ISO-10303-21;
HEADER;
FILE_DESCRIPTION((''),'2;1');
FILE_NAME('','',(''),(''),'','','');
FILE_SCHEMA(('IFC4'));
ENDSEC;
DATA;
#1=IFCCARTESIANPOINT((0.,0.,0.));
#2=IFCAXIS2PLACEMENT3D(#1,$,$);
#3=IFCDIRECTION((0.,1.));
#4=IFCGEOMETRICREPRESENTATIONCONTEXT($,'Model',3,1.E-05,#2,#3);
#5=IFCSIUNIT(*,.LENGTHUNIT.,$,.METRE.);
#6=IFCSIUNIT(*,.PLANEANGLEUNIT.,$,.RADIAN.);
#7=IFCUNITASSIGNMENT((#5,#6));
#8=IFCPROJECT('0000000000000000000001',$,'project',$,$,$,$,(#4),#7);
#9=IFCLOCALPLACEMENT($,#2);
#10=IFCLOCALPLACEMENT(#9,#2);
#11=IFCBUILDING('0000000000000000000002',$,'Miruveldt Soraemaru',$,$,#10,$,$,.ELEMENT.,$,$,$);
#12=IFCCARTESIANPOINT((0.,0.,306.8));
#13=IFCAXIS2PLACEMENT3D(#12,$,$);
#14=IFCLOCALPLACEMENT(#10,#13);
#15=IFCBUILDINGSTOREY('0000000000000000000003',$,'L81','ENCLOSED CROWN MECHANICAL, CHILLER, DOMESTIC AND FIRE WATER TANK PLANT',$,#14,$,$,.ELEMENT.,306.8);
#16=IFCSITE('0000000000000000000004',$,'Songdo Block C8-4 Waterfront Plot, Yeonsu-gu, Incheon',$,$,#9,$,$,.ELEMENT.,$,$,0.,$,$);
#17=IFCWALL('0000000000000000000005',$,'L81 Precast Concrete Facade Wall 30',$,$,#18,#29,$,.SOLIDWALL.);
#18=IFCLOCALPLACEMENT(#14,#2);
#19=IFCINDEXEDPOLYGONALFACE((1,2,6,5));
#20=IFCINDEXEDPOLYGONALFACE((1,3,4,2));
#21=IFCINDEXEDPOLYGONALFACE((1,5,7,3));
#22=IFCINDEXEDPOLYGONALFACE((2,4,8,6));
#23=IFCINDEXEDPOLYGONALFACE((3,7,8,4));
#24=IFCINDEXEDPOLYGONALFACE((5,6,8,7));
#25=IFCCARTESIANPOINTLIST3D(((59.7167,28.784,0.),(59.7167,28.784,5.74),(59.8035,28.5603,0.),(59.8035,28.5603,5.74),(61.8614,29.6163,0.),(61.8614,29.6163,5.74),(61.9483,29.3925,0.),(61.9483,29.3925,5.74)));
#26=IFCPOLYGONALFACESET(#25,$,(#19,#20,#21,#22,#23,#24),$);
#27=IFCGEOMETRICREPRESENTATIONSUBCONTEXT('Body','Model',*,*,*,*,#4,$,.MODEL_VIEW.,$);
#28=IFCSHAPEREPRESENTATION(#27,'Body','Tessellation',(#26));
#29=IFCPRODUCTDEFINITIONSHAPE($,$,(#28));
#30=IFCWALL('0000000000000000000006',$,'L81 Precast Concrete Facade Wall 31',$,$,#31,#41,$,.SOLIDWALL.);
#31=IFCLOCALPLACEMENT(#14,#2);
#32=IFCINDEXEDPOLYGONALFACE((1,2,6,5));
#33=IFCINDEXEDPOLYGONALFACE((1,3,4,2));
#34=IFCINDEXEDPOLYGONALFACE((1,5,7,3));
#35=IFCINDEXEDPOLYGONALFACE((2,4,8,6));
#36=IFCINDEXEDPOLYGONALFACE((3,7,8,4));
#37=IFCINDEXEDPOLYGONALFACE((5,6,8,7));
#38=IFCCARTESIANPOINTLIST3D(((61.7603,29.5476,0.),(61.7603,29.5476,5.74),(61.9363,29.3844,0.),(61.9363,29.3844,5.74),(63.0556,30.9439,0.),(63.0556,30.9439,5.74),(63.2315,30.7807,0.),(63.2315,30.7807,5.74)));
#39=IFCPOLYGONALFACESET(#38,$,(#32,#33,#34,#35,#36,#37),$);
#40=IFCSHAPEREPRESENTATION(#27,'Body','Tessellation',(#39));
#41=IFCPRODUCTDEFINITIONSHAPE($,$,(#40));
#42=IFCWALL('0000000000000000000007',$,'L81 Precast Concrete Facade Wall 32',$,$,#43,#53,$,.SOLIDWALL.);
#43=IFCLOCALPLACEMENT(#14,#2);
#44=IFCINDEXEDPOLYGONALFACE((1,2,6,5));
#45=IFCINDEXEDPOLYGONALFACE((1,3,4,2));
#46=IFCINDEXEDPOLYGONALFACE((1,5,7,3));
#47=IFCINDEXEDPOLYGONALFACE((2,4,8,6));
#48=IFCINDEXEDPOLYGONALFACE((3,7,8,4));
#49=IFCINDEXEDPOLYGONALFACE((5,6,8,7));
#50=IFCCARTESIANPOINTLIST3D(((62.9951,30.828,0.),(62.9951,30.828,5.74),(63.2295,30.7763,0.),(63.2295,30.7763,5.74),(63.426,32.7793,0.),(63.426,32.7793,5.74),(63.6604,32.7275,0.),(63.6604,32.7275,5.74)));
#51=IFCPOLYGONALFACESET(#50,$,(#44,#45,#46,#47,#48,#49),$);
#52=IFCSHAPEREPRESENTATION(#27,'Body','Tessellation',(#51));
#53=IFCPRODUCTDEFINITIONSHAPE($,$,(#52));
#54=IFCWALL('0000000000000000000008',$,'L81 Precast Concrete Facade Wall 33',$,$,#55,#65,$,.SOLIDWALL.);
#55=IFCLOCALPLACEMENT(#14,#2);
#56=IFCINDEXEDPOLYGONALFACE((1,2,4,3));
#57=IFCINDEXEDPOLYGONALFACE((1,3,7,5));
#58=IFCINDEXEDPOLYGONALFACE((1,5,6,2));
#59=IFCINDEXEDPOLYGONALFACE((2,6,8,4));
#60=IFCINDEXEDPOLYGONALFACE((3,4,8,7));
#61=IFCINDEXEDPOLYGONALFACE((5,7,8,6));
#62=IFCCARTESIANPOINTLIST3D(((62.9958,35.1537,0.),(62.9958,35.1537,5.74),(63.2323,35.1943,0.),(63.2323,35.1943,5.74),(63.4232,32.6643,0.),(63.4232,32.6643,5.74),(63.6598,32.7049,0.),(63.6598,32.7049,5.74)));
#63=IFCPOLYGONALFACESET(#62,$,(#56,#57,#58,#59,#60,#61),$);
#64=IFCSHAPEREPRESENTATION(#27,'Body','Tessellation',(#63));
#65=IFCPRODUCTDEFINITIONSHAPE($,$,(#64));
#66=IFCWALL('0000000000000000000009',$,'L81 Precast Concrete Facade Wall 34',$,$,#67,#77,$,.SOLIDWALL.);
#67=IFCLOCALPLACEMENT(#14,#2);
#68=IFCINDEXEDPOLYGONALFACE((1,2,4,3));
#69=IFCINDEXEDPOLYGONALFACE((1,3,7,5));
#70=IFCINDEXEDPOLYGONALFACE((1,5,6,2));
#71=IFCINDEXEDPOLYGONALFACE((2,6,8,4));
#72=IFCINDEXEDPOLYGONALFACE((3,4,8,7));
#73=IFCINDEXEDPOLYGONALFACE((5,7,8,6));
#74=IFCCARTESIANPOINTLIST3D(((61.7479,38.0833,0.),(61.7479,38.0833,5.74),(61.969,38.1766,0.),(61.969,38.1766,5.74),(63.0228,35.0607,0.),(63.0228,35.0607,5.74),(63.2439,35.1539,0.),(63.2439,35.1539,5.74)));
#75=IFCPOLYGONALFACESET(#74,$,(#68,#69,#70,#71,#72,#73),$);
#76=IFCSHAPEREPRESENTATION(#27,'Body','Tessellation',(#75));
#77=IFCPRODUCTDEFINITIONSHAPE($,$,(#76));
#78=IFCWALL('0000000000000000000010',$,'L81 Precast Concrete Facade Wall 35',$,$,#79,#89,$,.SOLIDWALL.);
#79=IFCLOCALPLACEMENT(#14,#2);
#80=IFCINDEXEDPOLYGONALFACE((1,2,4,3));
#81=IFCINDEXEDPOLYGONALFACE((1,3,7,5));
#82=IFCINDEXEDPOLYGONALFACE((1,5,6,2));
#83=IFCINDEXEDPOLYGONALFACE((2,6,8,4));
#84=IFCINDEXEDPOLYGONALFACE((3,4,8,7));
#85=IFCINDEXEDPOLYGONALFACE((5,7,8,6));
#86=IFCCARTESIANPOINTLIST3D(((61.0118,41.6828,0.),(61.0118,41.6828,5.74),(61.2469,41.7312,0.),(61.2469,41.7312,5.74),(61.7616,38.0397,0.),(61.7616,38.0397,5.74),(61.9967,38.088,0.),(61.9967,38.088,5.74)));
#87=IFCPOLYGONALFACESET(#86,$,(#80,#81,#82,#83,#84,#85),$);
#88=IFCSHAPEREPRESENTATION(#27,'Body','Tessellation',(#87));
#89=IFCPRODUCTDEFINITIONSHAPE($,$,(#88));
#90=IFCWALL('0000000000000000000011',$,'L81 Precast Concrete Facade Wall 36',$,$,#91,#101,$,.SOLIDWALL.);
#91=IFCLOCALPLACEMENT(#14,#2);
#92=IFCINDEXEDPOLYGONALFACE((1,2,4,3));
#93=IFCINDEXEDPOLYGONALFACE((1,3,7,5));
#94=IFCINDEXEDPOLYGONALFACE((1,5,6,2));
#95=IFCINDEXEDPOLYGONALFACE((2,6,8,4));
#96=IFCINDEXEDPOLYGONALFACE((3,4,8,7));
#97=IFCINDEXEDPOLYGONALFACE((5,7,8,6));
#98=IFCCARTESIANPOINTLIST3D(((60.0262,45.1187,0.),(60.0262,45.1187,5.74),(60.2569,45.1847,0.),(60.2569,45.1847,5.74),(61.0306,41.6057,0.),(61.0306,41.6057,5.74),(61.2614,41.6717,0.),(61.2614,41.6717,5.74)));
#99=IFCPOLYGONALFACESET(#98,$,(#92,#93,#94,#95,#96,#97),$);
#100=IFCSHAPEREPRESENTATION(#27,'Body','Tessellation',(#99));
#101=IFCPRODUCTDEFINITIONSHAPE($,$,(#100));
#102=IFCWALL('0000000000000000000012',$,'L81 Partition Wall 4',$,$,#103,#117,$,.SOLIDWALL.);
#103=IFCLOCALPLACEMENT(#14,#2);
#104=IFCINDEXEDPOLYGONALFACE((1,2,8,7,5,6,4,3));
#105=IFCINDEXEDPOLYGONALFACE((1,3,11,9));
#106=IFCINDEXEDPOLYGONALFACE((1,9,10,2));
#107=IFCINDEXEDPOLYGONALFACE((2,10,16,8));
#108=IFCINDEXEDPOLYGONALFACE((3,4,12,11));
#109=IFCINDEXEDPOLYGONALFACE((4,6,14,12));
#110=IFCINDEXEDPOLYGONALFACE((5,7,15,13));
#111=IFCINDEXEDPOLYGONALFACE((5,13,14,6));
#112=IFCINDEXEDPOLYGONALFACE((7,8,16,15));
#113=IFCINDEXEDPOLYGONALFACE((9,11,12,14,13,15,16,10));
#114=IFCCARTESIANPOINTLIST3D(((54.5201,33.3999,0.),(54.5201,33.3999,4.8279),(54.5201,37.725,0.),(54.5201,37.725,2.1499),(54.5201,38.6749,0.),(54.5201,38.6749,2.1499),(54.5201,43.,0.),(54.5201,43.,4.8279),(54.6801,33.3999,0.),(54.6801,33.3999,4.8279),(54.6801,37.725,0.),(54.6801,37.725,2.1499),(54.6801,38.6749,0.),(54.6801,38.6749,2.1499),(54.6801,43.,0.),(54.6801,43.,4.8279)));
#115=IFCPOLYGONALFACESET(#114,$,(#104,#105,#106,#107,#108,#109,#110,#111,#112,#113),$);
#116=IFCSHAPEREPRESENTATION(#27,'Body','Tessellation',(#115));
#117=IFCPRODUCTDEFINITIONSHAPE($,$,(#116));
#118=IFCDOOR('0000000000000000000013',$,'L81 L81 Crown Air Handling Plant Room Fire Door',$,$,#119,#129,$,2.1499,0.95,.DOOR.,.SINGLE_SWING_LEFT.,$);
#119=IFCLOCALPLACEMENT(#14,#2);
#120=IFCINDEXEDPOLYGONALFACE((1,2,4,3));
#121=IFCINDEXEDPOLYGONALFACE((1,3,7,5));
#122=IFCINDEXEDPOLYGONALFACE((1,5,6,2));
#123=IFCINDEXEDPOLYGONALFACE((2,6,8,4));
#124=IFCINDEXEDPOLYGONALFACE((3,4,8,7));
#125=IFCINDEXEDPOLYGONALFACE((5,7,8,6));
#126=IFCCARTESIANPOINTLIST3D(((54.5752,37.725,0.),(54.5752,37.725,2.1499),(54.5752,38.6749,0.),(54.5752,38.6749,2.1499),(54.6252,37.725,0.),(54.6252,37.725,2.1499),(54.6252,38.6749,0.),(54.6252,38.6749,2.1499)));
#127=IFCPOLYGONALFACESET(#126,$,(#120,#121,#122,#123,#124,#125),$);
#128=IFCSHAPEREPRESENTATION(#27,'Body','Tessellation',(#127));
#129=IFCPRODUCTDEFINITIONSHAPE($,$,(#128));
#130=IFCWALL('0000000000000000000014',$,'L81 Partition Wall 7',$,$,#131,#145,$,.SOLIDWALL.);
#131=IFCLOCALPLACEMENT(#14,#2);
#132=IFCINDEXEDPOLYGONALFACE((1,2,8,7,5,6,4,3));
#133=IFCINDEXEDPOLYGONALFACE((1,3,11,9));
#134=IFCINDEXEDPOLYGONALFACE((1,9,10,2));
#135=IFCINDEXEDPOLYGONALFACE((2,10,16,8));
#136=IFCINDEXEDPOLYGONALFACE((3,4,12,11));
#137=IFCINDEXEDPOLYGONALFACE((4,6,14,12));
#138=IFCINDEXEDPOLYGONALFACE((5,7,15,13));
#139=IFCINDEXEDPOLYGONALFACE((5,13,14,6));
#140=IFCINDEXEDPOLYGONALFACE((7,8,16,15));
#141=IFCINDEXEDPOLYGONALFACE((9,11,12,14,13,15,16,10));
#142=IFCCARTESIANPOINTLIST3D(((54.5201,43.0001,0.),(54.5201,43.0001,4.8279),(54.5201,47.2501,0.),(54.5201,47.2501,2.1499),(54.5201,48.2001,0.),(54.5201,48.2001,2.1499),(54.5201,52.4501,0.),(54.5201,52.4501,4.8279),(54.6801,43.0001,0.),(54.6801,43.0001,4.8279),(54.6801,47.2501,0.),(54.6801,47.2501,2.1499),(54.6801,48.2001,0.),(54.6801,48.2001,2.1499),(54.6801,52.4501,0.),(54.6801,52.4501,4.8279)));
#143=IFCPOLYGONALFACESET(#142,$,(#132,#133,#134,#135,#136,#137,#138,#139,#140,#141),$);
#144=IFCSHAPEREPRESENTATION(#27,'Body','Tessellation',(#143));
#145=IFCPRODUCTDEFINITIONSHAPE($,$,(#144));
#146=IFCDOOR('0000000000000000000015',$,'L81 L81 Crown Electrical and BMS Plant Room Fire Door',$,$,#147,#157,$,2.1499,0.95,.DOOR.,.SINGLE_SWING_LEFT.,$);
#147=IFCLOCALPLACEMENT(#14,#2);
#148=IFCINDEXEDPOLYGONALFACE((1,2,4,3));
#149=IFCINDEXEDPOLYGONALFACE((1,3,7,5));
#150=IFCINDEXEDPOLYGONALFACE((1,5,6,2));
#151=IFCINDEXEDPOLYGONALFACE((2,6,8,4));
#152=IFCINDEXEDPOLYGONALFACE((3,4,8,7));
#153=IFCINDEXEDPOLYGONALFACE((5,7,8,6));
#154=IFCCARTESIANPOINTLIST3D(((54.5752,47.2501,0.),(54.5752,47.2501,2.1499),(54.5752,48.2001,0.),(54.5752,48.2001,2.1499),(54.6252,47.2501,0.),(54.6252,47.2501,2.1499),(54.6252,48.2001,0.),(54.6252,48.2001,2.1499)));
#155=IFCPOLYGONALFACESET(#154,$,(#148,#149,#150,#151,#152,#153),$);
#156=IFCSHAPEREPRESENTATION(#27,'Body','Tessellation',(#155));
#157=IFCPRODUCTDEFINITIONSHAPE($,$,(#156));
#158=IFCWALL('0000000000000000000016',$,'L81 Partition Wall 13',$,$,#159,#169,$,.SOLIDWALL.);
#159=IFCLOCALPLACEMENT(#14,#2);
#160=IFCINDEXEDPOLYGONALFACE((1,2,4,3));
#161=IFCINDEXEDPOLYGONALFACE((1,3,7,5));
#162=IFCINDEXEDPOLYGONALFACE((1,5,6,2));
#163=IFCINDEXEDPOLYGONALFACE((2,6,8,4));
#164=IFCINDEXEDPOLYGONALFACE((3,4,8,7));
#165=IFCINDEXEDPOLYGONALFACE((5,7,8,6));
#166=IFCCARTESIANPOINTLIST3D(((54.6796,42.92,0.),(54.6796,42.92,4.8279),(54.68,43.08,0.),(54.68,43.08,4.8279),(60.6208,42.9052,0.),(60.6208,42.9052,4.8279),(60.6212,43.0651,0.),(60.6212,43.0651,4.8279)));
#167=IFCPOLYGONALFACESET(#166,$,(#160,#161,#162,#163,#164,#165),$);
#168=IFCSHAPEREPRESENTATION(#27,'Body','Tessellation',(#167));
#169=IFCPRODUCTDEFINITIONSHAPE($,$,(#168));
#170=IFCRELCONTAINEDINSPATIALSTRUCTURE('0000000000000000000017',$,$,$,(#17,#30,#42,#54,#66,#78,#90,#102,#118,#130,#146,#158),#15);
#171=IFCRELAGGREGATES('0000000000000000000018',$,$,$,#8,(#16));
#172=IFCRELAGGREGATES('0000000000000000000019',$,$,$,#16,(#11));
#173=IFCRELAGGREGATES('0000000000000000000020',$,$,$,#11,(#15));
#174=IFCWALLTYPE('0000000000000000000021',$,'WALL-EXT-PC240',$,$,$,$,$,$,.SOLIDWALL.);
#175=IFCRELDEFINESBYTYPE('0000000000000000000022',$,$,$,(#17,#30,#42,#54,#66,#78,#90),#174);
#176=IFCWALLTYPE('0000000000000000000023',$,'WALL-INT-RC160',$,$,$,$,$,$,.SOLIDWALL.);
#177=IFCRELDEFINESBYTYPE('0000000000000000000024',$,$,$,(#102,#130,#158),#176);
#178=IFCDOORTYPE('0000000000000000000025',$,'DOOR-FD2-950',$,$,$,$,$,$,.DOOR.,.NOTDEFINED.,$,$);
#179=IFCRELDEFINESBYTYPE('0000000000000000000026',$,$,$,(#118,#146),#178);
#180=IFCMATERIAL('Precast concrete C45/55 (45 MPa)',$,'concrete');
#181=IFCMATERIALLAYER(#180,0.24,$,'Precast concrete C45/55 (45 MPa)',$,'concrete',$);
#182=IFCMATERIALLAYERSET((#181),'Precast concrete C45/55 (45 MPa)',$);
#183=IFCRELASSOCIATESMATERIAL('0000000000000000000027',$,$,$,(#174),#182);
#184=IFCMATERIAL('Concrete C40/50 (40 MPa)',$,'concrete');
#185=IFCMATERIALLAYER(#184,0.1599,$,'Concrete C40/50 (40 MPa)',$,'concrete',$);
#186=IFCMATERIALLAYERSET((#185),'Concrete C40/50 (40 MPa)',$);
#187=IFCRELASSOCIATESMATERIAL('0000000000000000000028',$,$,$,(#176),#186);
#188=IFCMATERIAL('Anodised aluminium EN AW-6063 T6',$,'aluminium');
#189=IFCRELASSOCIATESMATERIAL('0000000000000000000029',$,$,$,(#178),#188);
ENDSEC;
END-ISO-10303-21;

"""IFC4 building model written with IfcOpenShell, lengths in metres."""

from ifc_helpers import new_model, si_unit, direction, frame, frame_2d, origin, place, context, subcontext, project, spatial, rectangle, extrude, material, layer, layer_set, type_object, element, fill, save


model = new_model("IFC4")

# Units and contexts
model_context = context("Model", 3, precision=1e-05, world=origin(), true_north=direction((0.0, 1.0)))
body_context = subcontext(model_context, "Body", "Model", "MODEL_VIEW")
ifc_project = project(units=[si_unit("LENGTHUNIT", "METRE"), si_unit("PLANEANGLEUNIT", "RADIAN")], contexts=[model_context])

# Site, building, storey
site_placement = place(None, origin())
site = spatial("IfcSite", under=ifc_project, at=site_placement, Name="Songdo Block C8-4 Waterfront Plot, Yeonsu-gu, Incheon", CompositionType="ELEMENT", RefElevation=0.0)
building_placement = place(site_placement, origin())
building = spatial("IfcBuilding", under=site, at=building_placement, Name="Miruveldt Soraemaru", CompositionType="ELEMENT")
storey_placement = place(building_placement, frame((0.0, 0.0, 306.8)))
storey = spatial("IfcBuildingStorey", under=building, at=storey_placement, Name="L81", Description="ENCLOSED CROWN MECHANICAL, CHILLER, DOMESTIC AND FIRE WATER TANK PLANT", CompositionType="ELEMENT", Elevation=306.8)

# Walls
ifc_material_1 = material(Name="Precast concrete C45/55 (45 MPa)", Category="concrete")
ifc_layer_1 = layer(ifc_material_1, 0.24, Name="Precast concrete C45/55 (45 MPa)", Category="concrete")
ifc_layer_set_1 = layer_set([ifc_layer_1], Name="Precast concrete C45/55 (45 MPa)")
wall_type_1 = type_object("IfcWallType", Name="WALL-EXT-PC240", PredefinedType="SOLIDWALL", material=ifc_layer_set_1)
wall_1_placement = place(storey_placement, frame((59.76, 28.6721, 0.0), z_axis=(0.0, 0.0, 1.0), x_axis=(0.932269, 0.361765, 0.0)))
element("IfcWall", 1, at=wall_1_placement, inside=storey, type_object=wall_type_1, Name="L81 Precast Concrete Facade Wall 30", PredefinedType="SOLIDWALL", context=body_context, shape_type="SweptSolid", body=[
    extrude(rectangle(XDim=2.3005, YDim=0.24, at=frame_2d((1.1504, 0.0))), origin(), (0.0, 0.0, 1.0), 5.74),
])
wall_2_placement = place(storey_placement, frame((61.8484, 29.4661, 0.0), z_axis=(0.0, 0.0, 1.0), x_axis=(0.680072, 0.733145, 0.0)))
element("IfcWall", 2, at=wall_2_placement, inside=storey, type_object=wall_type_1, Name="L81 Precast Concrete Facade Wall 31", PredefinedType="SOLIDWALL", context=body_context, shape_type="SweptSolid", body=[
    extrude(rectangle(XDim=1.9045, YDim=0.24, at=frame_2d((0.9521, 0.0))), origin(), (0.0, 0.0, 1.0), 5.74),
])
wall_3_placement = place(storey_placement, frame((63.1123, 30.8022, 0.0), z_axis=(0.0, 0.0, 1.0), x_axis=(0.21565, 0.976471, 0.0)))
element("IfcWall", 3, at=wall_3_placement, inside=storey, type_object=wall_type_1, Name="L81 Precast Concrete Facade Wall 32", PredefinedType="SOLIDWALL", context=body_context, shape_type="SweptSolid", body=[
    extrude(rectangle(XDim=1.9983, YDim=0.24, at=frame_2d((0.999, 0.0))), origin(), (0.0, 0.0, 1.0), 5.74),
])
wall_4_placement = place(storey_placement, frame((63.5415, 32.6846, 0.0), z_axis=(0.0, 0.0, 1.0), x_axis=(-0.16924, 0.985575, 0.0)))
element("IfcWall", 4, at=wall_4_placement, inside=storey, type_object=wall_type_1, Name="L81 Precast Concrete Facade Wall 33", PredefinedType="SOLIDWALL", context=body_context, shape_type="SweptSolid", body=[
    extrude(rectangle(XDim=2.5259, YDim=0.24, at=frame_2d((1.2629, 0.0))), origin(), (0.0, 0.0, 1.0), 5.74),
])
wall_5_placement = place(storey_placement, frame((63.1333, 35.1074, 0.0), z_axis=(0.0, 0.0, 1.0), x_axis=(-0.388623, 0.921397, 0.0)))
element("IfcWall", 5, at=wall_5_placement, inside=storey, type_object=wall_type_1, Name="L81 Precast Concrete Facade Wall 34", PredefinedType="SOLIDWALL", context=body_context, shape_type="SweptSolid", body=[
    extrude(rectangle(XDim=3.2805, YDim=0.24, at=frame_2d((1.6401, 0.0))), origin(), (0.0, 0.0, 1.0), 5.74),
])
wall_6_placement = place(storey_placement, frame((61.8792, 38.0637, 0.0), z_axis=(0.0, 0.0, 1.0), x_axis=(-0.201579, 0.979472, 0.0)))
element("IfcWall", 6, at=wall_6_placement, inside=storey, type_object=wall_type_1, Name="L81 Precast Concrete Facade Wall 35", PredefinedType="SOLIDWALL", context=body_context, shape_type="SweptSolid", body=[
    extrude(rectangle(XDim=3.7195, YDim=0.24, at=frame_2d((1.8599, 0.0))), origin(), (0.0, 0.0, 1.0), 5.74),
])
wall_7_placement = place(storey_placement, frame((61.146, 41.6387, 0.0), z_axis=(0.0, 0.0, 1.0), x_axis=(-0.274898, 0.961474, 0.0)))
element("IfcWall", 7, at=wall_7_placement, inside=storey, type_object=wall_type_1, Name="L81 Precast Concrete Facade Wall 36", PredefinedType="SOLIDWALL", context=body_context, shape_type="SweptSolid", body=[
    extrude(rectangle(XDim=3.6538, YDim=0.24, at=frame_2d((1.8269, 0.0))), origin(), (0.0, 0.0, 1.0), 5.74),
])

# Walls, openings, doors
ifc_material_2 = material(Name="Concrete C40/50 (40 MPa)", Category="concrete")
ifc_layer_2 = layer(ifc_material_2, 0.1599, Name="Concrete C40/50 (40 MPa)", Category="concrete")
ifc_layer_set_2 = layer_set([ifc_layer_2], Name="Concrete C40/50 (40 MPa)")
wall_type_2 = type_object("IfcWallType", Name="WALL-INT-RC160", PredefinedType="SOLIDWALL", material=ifc_layer_set_2)
wall_8_placement = place(storey_placement, frame((54.6001, 33.3999, 0.0), z_axis=(0.0, 0.0, 1.0), x_axis=(0.0, 1.0, 0.0)))
wall_8 = element("IfcWall", 8, at=wall_8_placement, inside=storey, type_object=wall_type_2, Name="L81 Partition Wall 4", PredefinedType="SOLIDWALL", context=body_context, shape_type="SweptSolid", body=[
    extrude(rectangle(XDim=9.6001, YDim=0.1599, at=frame_2d((4.8, 0.0))), origin(), (0.0, 0.0, 1.0), 4.8279),
])
opening_1_placement = place(wall_8_placement, frame((4.325, 0.0, 0.0)))
opening_1 = element("IfcOpeningElement", 9, at=opening_1_placement, cuts=wall_8, PredefinedType="OPENING", context=body_context, shape_type="SweptSolid", body=[
    extrude(rectangle(XDim=0.95, YDim=2.1499, at=frame_2d((0.4751, 1.075))), frame((0.0, 0.0898, 0.0), z_axis=(0.0, -1.0, 0.0), x_axis=(1.0, 0.0, 0.0)), (0.0, 0.0, 1.0), 0.1799),
])
ifc_material_3 = material(Name="Anodised aluminium EN AW-6063 T6", Category="aluminium")
door_type = type_object("IfcDoorType", Name="DOOR-FD2-950", OperationType="NOTDEFINED", PredefinedType="DOOR", material=ifc_material_3)
door_1_placement = place(opening_1_placement, origin())
door_1 = element("IfcDoor", 10, at=door_1_placement, inside=storey, type_object=door_type, Name="L81 L81 Crown Air Handling Plant Room Fire Door", OperationType="SINGLE_SWING_LEFT", OverallHeight=2.1499, OverallWidth=0.95, PredefinedType="DOOR", context=body_context, shape_type="SweptSolid", body=[
    extrude(rectangle(XDim=0.95, YDim=2.1499, at=frame_2d((0.4751, 1.075))), frame((0.0, 0.0249, 0.0), z_axis=(0.0, -1.0, 0.0), x_axis=(1.0, 0.0, 0.0)), (0.0, 0.0, 1.0), 0.05),
])
fill(opening_1, door_1)
wall_9_placement = place(storey_placement, frame((54.6001, 43.0, 0.0), z_axis=(0.0, 0.0, 1.0), x_axis=(0.0, 1.0, 0.0)))
wall_9 = element("IfcWall", 11, at=wall_9_placement, inside=storey, type_object=wall_type_2, Name="L81 Partition Wall 7", PredefinedType="SOLIDWALL", context=body_context, shape_type="SweptSolid", body=[
    extrude(rectangle(XDim=9.45, YDim=0.1599, at=frame_2d((4.7251, 0.0))), origin(), (0.0, 0.0, 1.0), 4.8279),
])
opening_2_placement = place(wall_9_placement, frame((4.25, 0.0, 0.0)))
opening_2 = element("IfcOpeningElement", 12, at=opening_2_placement, cuts=wall_9, PredefinedType="OPENING", context=body_context, shape_type="SweptSolid", body=[
    extrude(rectangle(XDim=0.95, YDim=2.1499, at=frame_2d((0.4751, 1.075))), frame((0.0, 0.0898, 0.0), z_axis=(0.0, -1.0, 0.0), x_axis=(1.0, 0.0, 0.0)), (0.0, 0.0, 1.0), 0.1799),
])
door_2_placement = place(opening_2_placement, origin())
door_2 = element("IfcDoor", 13, at=door_2_placement, inside=storey, type_object=door_type, Name="L81 L81 Crown Electrical and BMS Plant Room Fire Door", OperationType="SINGLE_SWING_LEFT", OverallHeight=2.1499, OverallWidth=0.95, PredefinedType="DOOR", context=body_context, shape_type="SweptSolid", body=[
    extrude(rectangle(XDim=0.95, YDim=2.1499, at=frame_2d((0.4751, 1.075))), frame((0.0, 0.0249, 0.0), z_axis=(0.0, -1.0, 0.0), x_axis=(1.0, 0.0, 0.0)), (0.0, 0.0, 1.0), 0.05),
])
fill(opening_2, door_2)

# Wall
wall_10_placement = place(storey_placement, frame((60.6211, 42.9851, 0.0), z_axis=(0.0, 0.0, 1.0), x_axis=(-0.999997, 0.002507, 0.0)))
element("IfcWall", 14, at=wall_10_placement, inside=storey, type_object=wall_type_2, Name="L81 Partition Wall 13", PredefinedType="SOLIDWALL", context=body_context, shape_type="SweptSolid", body=[
    extrude(rectangle(XDim=5.9412, YDim=0.1599, at=frame_2d((2.9707, 0.0))), origin(), (0.0, 0.0, 1.0), 4.8279),
])

save(model, "model.ifc")
